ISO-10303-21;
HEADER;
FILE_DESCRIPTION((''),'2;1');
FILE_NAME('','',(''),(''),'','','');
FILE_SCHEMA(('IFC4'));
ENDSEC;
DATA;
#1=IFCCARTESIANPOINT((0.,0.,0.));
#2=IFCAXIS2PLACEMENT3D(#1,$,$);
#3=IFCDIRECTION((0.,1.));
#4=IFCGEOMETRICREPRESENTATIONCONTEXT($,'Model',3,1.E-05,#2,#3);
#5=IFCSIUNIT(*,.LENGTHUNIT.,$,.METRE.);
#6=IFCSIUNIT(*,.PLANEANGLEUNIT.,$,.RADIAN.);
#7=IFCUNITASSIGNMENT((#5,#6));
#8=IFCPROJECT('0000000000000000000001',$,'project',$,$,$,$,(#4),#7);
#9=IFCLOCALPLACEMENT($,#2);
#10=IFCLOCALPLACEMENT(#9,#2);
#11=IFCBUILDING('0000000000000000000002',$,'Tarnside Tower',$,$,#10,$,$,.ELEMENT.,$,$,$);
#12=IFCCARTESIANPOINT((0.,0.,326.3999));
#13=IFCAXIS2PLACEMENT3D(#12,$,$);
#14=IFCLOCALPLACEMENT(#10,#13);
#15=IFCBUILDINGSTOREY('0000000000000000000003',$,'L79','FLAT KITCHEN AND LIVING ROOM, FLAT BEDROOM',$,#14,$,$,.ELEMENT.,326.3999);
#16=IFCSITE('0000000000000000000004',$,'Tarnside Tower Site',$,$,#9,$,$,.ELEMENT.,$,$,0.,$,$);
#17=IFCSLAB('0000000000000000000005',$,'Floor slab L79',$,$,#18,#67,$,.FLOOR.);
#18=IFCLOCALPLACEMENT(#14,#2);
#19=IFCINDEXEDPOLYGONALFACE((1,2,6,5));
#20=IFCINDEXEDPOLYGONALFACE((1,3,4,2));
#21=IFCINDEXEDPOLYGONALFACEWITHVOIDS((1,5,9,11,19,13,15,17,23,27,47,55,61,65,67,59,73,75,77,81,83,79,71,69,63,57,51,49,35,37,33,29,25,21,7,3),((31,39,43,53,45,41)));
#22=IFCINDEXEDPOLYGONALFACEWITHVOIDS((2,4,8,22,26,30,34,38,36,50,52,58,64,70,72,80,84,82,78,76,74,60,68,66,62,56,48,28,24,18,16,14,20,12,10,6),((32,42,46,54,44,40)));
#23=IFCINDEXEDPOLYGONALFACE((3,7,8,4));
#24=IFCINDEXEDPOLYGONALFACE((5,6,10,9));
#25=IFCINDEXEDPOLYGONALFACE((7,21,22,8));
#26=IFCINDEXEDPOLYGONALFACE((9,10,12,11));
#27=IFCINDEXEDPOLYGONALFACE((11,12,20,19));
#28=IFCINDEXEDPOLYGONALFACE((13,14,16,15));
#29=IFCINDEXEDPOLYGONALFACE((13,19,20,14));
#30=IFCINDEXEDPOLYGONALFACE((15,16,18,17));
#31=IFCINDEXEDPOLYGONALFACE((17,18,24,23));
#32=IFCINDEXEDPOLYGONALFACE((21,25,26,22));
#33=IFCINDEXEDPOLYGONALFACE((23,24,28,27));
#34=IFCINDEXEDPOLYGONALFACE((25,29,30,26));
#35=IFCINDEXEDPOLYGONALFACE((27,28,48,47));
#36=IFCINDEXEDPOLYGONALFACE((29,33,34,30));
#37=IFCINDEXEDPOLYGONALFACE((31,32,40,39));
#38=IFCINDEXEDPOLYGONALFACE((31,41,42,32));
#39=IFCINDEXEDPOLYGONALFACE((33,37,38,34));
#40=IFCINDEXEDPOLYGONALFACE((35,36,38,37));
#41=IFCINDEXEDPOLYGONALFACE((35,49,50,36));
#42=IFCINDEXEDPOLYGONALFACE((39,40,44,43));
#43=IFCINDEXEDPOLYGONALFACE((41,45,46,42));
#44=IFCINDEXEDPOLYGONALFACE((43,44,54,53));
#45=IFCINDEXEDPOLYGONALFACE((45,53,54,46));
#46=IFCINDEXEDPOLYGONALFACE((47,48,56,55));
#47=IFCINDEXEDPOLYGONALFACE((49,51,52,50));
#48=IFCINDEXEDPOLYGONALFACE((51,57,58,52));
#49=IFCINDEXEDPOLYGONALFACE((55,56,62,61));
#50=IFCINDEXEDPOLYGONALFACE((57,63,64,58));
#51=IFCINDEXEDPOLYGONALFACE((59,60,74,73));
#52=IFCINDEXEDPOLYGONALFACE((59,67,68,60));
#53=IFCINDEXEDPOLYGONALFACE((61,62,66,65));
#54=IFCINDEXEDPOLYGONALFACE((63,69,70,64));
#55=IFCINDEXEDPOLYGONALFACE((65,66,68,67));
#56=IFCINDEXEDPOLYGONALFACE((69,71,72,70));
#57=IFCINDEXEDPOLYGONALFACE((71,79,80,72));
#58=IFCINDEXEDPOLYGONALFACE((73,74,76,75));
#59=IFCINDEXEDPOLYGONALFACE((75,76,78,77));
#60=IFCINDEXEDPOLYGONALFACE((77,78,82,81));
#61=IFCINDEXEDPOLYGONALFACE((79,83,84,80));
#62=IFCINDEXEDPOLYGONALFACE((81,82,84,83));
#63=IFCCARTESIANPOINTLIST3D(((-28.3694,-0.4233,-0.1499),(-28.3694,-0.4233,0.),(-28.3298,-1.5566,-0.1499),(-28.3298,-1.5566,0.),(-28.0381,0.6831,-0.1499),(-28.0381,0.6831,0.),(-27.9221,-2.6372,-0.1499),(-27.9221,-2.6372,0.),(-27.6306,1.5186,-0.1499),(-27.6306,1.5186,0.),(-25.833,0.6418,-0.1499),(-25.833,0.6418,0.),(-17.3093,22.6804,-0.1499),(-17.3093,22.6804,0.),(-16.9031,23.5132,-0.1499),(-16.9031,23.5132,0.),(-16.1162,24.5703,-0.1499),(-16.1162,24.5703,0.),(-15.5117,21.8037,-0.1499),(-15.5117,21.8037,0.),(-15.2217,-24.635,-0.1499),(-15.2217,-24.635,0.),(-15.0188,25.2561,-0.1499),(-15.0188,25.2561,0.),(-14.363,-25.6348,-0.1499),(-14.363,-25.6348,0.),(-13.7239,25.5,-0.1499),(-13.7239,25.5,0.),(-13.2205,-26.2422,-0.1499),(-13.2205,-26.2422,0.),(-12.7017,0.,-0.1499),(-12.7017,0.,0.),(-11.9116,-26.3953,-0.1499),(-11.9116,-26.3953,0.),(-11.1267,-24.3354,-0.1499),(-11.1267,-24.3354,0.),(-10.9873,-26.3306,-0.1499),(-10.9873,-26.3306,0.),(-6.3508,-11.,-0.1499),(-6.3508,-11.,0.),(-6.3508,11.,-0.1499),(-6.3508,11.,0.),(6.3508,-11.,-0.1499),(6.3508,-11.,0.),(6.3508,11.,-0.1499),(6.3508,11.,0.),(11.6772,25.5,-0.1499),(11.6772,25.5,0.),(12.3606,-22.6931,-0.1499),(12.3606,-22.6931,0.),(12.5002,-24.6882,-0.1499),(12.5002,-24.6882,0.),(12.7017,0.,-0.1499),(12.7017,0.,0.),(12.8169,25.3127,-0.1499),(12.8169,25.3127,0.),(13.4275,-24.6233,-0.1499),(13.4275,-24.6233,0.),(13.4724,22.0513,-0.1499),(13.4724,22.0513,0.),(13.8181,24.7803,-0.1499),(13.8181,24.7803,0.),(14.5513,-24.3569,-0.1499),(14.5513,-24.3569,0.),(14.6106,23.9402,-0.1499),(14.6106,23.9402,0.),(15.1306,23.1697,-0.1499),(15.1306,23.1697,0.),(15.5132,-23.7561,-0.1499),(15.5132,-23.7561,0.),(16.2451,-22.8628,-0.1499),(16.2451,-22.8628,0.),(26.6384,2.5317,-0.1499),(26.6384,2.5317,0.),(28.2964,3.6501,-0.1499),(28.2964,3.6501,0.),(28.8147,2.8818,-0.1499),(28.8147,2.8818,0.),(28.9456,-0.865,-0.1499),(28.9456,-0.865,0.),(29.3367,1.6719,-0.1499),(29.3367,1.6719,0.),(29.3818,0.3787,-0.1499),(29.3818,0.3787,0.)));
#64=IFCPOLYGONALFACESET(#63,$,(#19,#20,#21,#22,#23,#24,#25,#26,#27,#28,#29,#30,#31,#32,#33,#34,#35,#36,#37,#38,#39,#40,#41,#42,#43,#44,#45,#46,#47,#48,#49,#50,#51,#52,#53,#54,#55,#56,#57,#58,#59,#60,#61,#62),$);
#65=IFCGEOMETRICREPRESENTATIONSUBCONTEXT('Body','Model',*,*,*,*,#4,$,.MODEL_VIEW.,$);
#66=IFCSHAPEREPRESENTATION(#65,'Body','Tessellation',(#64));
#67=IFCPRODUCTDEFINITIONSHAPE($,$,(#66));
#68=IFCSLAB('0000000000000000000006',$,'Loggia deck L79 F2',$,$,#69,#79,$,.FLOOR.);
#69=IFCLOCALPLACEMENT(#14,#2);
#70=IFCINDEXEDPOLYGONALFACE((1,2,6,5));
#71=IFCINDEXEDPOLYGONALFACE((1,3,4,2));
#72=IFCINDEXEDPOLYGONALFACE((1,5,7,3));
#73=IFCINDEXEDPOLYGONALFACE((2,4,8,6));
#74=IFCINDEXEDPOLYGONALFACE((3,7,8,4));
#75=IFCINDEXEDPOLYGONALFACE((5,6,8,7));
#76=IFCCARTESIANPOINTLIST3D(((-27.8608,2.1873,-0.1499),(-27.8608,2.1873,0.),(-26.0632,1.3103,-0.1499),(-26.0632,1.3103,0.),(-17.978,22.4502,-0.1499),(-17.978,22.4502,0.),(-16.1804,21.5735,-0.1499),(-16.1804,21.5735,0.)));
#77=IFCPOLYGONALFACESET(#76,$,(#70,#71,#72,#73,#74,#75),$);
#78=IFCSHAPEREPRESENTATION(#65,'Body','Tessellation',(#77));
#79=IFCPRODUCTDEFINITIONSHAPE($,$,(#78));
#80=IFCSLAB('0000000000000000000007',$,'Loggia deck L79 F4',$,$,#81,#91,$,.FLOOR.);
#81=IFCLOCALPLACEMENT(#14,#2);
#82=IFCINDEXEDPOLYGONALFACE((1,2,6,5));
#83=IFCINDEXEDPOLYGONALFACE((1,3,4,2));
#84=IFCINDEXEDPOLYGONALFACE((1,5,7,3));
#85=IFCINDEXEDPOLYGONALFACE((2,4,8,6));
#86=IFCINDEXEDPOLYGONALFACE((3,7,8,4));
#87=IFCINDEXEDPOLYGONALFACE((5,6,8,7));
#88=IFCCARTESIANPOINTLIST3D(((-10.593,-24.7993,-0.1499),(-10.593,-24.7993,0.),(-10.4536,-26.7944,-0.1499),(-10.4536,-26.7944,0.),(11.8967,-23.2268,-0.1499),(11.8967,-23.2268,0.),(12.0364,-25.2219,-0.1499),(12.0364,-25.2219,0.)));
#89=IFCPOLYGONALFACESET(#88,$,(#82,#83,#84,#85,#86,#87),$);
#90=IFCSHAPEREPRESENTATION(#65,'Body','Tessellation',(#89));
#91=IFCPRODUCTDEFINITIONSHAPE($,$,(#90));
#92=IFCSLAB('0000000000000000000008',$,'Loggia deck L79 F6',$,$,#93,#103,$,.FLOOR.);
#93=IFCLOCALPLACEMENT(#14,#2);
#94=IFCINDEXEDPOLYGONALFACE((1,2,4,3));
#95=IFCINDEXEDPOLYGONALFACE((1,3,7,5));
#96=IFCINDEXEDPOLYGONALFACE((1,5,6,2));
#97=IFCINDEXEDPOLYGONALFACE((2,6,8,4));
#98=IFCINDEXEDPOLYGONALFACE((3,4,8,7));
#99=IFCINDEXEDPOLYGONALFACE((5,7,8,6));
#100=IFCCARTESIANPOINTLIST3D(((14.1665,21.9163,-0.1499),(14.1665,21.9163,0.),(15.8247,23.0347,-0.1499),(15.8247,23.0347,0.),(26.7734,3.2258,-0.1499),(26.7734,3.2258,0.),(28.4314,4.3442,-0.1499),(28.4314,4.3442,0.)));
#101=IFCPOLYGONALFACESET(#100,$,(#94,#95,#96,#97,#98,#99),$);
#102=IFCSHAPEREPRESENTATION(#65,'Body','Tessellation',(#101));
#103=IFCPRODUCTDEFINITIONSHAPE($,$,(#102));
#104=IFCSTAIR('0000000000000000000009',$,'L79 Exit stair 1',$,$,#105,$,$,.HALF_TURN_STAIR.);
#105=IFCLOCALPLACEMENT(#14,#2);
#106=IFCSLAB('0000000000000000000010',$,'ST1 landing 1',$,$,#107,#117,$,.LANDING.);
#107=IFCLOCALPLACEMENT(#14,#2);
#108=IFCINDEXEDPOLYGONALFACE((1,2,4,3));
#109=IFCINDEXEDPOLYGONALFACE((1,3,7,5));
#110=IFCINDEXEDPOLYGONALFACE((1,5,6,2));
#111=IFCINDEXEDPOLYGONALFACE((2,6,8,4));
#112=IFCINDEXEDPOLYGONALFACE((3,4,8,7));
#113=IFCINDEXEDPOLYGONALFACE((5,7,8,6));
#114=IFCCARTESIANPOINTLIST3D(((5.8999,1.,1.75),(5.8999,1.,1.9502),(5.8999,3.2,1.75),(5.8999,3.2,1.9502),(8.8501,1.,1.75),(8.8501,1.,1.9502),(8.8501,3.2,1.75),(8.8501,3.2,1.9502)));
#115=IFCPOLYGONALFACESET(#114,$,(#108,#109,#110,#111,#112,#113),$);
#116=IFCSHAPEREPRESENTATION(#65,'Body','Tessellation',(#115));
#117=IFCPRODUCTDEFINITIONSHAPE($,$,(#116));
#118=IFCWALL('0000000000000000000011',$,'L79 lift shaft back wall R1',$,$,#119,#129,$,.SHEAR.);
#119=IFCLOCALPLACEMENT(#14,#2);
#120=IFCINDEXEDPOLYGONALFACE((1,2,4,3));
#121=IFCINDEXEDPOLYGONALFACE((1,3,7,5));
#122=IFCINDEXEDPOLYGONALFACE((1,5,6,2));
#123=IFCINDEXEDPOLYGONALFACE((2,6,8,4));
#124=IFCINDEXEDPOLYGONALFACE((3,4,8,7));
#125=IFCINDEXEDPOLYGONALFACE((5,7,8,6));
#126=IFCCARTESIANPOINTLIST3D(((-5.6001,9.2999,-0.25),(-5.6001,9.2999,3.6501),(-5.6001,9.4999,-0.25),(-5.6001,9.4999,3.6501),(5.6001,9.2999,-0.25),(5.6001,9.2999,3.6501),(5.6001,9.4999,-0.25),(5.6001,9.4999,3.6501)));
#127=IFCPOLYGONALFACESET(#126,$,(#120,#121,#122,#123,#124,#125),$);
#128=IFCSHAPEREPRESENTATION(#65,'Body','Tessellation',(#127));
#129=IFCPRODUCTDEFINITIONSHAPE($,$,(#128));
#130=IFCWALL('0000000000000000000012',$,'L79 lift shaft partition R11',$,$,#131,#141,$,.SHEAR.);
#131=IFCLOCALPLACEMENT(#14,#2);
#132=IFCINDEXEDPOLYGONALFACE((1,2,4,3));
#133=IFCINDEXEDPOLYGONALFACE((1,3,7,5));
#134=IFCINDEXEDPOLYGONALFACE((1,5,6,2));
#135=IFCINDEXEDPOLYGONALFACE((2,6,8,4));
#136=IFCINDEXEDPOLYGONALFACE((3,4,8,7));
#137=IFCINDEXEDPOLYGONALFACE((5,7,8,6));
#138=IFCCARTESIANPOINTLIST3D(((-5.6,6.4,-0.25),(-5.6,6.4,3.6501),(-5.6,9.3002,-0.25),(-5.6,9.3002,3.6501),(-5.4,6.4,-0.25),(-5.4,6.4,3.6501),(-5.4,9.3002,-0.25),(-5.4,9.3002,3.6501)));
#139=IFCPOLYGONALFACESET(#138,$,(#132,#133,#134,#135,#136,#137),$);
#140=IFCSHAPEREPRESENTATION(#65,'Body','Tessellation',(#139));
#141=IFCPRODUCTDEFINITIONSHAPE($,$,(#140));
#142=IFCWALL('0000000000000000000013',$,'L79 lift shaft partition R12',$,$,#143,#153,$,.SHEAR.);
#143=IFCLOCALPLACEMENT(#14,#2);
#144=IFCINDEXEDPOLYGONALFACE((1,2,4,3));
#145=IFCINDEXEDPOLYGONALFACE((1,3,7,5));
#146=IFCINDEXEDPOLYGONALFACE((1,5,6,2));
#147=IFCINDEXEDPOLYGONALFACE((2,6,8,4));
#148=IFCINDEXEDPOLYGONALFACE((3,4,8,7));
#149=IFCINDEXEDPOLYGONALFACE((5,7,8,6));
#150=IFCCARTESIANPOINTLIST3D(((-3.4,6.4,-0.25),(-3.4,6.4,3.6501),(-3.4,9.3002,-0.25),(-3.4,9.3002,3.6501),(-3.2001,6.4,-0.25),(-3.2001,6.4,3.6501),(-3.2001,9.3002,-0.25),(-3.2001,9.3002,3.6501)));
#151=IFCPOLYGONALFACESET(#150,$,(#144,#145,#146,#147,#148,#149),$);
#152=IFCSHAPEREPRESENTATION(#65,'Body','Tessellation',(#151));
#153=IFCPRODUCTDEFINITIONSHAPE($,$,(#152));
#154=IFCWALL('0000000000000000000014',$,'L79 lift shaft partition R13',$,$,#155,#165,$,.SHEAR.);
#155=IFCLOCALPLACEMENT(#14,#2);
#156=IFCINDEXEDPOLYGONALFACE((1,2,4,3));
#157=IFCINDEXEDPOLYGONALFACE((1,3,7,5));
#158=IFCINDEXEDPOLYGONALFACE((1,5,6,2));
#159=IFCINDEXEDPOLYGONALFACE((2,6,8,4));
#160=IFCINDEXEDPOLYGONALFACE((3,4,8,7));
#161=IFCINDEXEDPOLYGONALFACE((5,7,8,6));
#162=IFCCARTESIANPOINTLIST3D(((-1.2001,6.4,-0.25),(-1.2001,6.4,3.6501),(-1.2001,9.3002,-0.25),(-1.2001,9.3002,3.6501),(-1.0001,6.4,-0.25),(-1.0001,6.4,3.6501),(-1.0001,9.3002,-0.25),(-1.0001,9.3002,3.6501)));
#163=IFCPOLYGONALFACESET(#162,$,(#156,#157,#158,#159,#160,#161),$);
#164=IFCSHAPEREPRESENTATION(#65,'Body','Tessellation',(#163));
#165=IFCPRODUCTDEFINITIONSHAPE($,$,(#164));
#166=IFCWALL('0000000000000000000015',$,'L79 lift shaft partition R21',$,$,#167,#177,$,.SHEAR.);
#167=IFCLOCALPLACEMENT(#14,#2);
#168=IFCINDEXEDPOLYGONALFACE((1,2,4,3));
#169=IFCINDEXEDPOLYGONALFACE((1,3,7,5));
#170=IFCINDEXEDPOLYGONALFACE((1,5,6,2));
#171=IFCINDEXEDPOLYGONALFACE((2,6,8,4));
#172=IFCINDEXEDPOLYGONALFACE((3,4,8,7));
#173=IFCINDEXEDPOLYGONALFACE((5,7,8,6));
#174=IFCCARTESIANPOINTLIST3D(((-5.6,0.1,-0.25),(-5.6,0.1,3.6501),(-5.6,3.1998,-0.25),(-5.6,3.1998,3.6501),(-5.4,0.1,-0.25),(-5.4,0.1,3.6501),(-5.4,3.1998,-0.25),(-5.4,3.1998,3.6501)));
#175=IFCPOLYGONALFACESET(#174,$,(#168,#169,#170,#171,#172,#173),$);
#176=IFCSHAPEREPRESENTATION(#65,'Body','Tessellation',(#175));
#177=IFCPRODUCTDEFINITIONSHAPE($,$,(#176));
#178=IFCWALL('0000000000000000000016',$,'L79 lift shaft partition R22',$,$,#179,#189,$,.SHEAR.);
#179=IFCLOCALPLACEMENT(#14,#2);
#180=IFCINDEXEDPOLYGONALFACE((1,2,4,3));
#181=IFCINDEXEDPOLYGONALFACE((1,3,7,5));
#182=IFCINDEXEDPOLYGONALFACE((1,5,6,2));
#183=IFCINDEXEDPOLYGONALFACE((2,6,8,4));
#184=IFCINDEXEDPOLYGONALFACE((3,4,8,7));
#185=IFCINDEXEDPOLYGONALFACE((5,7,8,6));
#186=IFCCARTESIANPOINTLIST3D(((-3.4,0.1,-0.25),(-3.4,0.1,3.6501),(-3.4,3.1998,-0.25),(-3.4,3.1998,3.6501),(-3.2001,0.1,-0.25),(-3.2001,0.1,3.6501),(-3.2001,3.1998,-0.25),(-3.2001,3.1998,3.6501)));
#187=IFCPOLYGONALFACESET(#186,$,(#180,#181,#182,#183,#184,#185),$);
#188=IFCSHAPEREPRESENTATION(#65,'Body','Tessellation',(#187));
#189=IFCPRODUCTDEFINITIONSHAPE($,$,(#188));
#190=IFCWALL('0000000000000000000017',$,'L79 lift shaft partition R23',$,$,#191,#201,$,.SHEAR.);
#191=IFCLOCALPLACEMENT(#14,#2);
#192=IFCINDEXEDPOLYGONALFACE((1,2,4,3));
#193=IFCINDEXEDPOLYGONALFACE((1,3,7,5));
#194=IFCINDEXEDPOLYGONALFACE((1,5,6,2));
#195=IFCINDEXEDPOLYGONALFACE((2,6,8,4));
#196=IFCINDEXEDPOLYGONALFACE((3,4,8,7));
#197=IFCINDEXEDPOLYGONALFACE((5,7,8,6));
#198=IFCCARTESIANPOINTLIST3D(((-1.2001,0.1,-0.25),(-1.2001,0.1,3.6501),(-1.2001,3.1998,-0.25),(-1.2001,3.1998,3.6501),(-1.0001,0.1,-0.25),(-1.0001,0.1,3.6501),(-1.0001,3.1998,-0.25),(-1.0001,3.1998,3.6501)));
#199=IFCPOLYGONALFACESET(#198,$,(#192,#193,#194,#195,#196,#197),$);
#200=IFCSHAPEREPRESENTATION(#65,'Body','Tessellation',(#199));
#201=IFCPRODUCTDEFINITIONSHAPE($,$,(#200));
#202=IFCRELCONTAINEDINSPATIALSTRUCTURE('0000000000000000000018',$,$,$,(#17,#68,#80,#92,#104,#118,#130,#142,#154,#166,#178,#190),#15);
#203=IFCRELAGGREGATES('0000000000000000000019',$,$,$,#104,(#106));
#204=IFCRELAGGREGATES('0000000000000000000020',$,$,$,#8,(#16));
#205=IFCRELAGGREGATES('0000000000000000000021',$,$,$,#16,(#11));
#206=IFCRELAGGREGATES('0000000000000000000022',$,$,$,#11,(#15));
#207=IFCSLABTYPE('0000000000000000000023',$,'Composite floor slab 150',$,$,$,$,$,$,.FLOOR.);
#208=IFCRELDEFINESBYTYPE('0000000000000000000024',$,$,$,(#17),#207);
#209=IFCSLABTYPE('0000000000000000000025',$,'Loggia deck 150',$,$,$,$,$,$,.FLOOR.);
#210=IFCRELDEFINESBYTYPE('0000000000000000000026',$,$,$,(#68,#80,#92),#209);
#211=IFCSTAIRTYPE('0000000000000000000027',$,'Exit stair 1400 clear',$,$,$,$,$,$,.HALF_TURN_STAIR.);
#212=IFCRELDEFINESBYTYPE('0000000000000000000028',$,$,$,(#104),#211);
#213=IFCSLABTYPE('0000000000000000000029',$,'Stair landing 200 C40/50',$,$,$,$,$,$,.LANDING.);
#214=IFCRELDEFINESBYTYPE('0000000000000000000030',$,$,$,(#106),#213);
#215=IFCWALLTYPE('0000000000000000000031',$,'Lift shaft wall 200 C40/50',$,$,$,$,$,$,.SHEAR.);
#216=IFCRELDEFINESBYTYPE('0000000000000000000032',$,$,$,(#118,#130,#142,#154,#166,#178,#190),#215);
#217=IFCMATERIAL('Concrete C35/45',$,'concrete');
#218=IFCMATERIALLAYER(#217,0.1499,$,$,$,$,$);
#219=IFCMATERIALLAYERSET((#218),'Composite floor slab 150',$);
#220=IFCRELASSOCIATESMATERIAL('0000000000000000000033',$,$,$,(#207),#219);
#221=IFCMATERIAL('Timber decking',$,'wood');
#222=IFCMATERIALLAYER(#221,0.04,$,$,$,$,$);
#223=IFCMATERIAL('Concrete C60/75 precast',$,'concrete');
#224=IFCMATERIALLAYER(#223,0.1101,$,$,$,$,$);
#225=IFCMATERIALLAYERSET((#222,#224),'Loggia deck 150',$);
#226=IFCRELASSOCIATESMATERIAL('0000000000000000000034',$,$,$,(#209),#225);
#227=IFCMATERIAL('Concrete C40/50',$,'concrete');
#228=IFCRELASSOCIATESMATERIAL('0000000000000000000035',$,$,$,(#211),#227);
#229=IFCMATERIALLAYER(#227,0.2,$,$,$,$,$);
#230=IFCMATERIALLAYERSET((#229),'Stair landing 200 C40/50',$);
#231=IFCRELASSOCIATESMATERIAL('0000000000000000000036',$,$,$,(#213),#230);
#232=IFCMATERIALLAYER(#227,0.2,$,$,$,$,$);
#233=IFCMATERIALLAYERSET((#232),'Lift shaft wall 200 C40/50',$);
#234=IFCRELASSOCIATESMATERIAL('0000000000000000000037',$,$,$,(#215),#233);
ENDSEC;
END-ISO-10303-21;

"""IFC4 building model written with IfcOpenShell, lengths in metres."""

from ifc_helpers import new_model, si_unit, direction, frame, frame_2d, origin, place, context, subcontext, project, spatial, polyline, rectangle, outline, extrude, material, layer, layer_set, type_object, element, aggregate, save


model = new_model("IFC4")

# Units and contexts
model_context = context("Model", 3, precision=1e-05, world=origin(), true_north=direction((0.0, 1.0)))
body_context = subcontext(model_context, "Body", "Model", "MODEL_VIEW")
ifc_project = project(units=[si_unit("LENGTHUNIT", "METRE"), si_unit("PLANEANGLEUNIT", "RADIAN")], contexts=[model_context])

# Site, building, storey
site_placement = place(None, origin())
site = spatial("IfcSite", under=ifc_project, at=site_placement, Name="Tarnside Tower Site", CompositionType="ELEMENT", RefElevation=0.0)
building_placement = place(site_placement, origin())
building = spatial("IfcBuilding", under=site, at=building_placement, Name="Tarnside Tower", CompositionType="ELEMENT")
storey_placement = place(building_placement, frame((0.0, 0.0, 326.3999)))
storey = spatial("IfcBuildingStorey", under=building, at=storey_placement, Name="L79", Description="FLAT KITCHEN AND LIVING ROOM, FLAT BEDROOM", CompositionType="ELEMENT", Elevation=326.3999)

# Slabs
ifc_material_1 = material(Name="Concrete C35/45", Category="concrete")
ifc_layer_1 = layer(ifc_material_1, 0.1499)
ifc_layer_set_1 = layer_set([ifc_layer_1], Name="Composite floor slab 150")
slab_type_1 = type_object("IfcSlabType", Name="Composite floor slab 150", PredefinedType="FLOOR", material=ifc_layer_set_1)
slab_1_placement = place(storey_placement, frame((0.0, 0.0, -0.1499)))
element("IfcSlab", 1, at=slab_1_placement, inside=storey, type_object=slab_type_1, Name="Floor slab L79", PredefinedType="FLOOR", context=body_context, shape_type="SweptSolid", body=[
    extrude(outline(polyline([(12.8169, 25.3127), (13.8181, 24.7803), (14.6106, 23.9402), (15.1306, 23.1697), (13.4724, 22.0513), (26.6384, 2.5317), (28.2964, 3.6501), (28.8147, 2.8818), (29.3367, 1.6719), (29.3818, 0.3787), (28.9456, -0.865), (16.2451, -22.8628), (15.5132, -23.7561), (14.5513, -24.3569), (13.4275, -24.6233), (12.5002, -24.6882), (12.3606, -22.6931), (-11.1267, -24.3354), (-10.9873, -26.3306), (-11.9116, -26.3953), (-13.2205, -26.2422), (-14.363, -25.6348), (-15.2217, -24.635), (-27.9221, -2.6372), (-28.3298, -1.5566), (-28.3694, -0.4233), (-28.0381, 0.6831), (-27.6306, 1.5186), (-25.833, 0.6418), (-15.5117, 21.8037), (-17.3093, 22.6804), (-16.9031, 23.5132), (-16.1162, 24.5703), (-15.0188, 25.2561), (-13.7239, 25.5), (11.6772, 25.5), (12.8169, 25.3127)]), holes=[polyline([(-12.7017, 0.0), (-6.3508, -11.0), (6.3508, -11.0), (12.7017, 0.0), (6.3508, 11.0), (-6.3508, 11.0), (-12.7017, 0.0)])]), origin(), (0.0, 0.0, 1.0), 0.1499),
])
ifc_material_2 = material(Name="Timber decking", Category="wood")
ifc_layer_2 = layer(ifc_material_2, 0.04)
ifc_material_3 = material(Name="Concrete C60/75 precast", Category="concrete")
ifc_layer_3 = layer(ifc_material_3, 0.1101)
ifc_layer_set_2 = layer_set([ifc_layer_2, ifc_layer_3], Name="Loggia deck 150")
slab_type_2 = type_object("IfcSlabType", Name="Loggia deck 150", PredefinedType="FLOOR", material=ifc_layer_set_2)
slab_2_placement = place(storey_placement, frame((0.0, 0.0, -0.1499)))
element("IfcSlab", 2, at=slab_2_placement, inside=storey, type_object=slab_type_2, Name="Loggia deck L79 F2", PredefinedType="FLOOR", context=body_context, shape_type="SweptSolid", body=[
    extrude(outline(polyline([(-16.1804, 21.5735), (-26.0632, 1.3103), (-27.8608, 2.1873), (-17.978, 22.4502), (-16.1804, 21.5735)])), origin(), (0.0, 0.0, 1.0), 0.1499),
])
slab_3_placement = place(storey_placement, frame((0.0, 0.0, -0.1499)))
element("IfcSlab", 3, at=slab_3_placement, inside=storey, type_object=slab_type_2, Name="Loggia deck L79 F4", PredefinedType="FLOOR", context=body_context, shape_type="SweptSolid", body=[
    extrude(outline(polyline([(-10.593, -24.7993), (11.8967, -23.2268), (12.0364, -25.2219), (-10.4536, -26.7944), (-10.593, -24.7993)])), origin(), (0.0, 0.0, 1.0), 0.1499),
])
slab_4_placement = place(storey_placement, frame((0.0, 0.0, -0.1499)))
element("IfcSlab", 4, at=slab_4_placement, inside=storey, type_object=slab_type_2, Name="Loggia deck L79 F6", PredefinedType="FLOOR", context=body_context, shape_type="SweptSolid", body=[
    extrude(outline(polyline([(26.7734, 3.2258), (14.1665, 21.9163), (15.8247, 23.0347), (28.4314, 4.3442), (26.7734, 3.2258)])), origin(), (0.0, 0.0, 1.0), 0.1499),
])

# Stair, slab
ifc_material_4 = material(Name="Concrete C40/50", Category="concrete")
stair_type = type_object("IfcStairType", Name="Exit stair 1400 clear", PredefinedType="HALF_TURN_STAIR", material=ifc_material_4)
stair_placement = place(storey_placement, origin())
stair = element("IfcStair", 5, at=stair_placement, inside=storey, type_object=stair_type, Name="L79 Exit stair 1", PredefinedType="HALF_TURN_STAIR")
ifc_layer_4 = layer(ifc_material_4, 0.2)
ifc_layer_set_3 = layer_set([ifc_layer_4], Name="Stair landing 200 C40/50")
slab_type_3 = type_object("IfcSlabType", Name="Stair landing 200 C40/50", PredefinedType="LANDING", material=ifc_layer_set_3)
slab_5_placement = place(storey_placement, frame((0.0, 0.0, 1.75)))
slab_5 = element("IfcSlab", 6, at=slab_5_placement, type_object=slab_type_3, Name="ST1 landing 1", PredefinedType="LANDING", context=body_context, shape_type="SweptSolid", body=[
    extrude(outline(polyline([(8.8501, 1.0), (8.8501, 3.2), (5.8999, 3.2), (5.8999, 1.0), (8.8501, 1.0)])), origin(), (0.0, 0.0, 1.0), 0.2002),
])
aggregate(stair, [slab_5])

# Walls
ifc_layer_5 = layer(ifc_material_4, 0.2)
ifc_layer_set_4 = layer_set([ifc_layer_5], Name="Lift shaft wall 200 C40/50")
wall_type = type_object("IfcWallType", Name="Lift shaft wall 200 C40/50", PredefinedType="SHEAR", material=ifc_layer_set_4)
wall_placement = place(storey_placement, frame((-5.6001, 9.3999, -0.25), z_axis=(0.0, 0.0, 1.0), x_axis=(1.0, 0.0, 0.0)))
element("IfcWall", 7, at=wall_placement, inside=storey, type_object=wall_type, Name="L79 lift shaft back wall R1", PredefinedType="SHEAR", context=body_context, shape_type="SweptSolid", body=[
    extrude(rectangle(XDim=11.2002, YDim=0.2, at=frame_2d((5.6001, 0.0))), origin(), (0.0, 0.0, 1.0), 3.9001),
])
for number, where, z_axis, x_axis, name in (
    (8, (-5.5, 6.3999, -0.25), (0.0, 0.0, 1.0), (0.0, 1.0, 0.0), "L79 lift shaft partition R11"),
    (9, (-3.3, 6.3999, -0.25), (0.0, 0.0, 1.0), (0.0, 1.0, 0.0), "L79 lift shaft partition R12"),
    (10, (-1.1001, 6.3999, -0.25), (0.0, 0.0, 1.0), (0.0, 1.0, 0.0), "L79 lift shaft partition R13"),
):
    element("IfcWall", number, at=place(storey_placement, frame(where, z_axis=z_axis, x_axis=x_axis)), inside=storey, type_object=wall_type, Name=name, PredefinedType="SHEAR", context=body_context, shape_type="SweptSolid", body=[
        extrude(rectangle(XDim=2.9001, YDim=0.2, at=frame_2d((1.4502, 0.0))), origin(), (0.0, 0.0, 1.0), 3.9001),
    ])
for number, where, z_axis, x_axis, name in (
    (11, (-5.5, 0.1001, -0.25), (0.0, 0.0, 1.0), (0.0, 1.0, 0.0), "L79 lift shaft partition R21"),
    (12, (-3.3, 0.1001, -0.25), (0.0, 0.0, 1.0), (0.0, 1.0, 0.0), "L79 lift shaft partition R22"),
    (13, (-1.1001, 0.1001, -0.25), (0.0, 0.0, 1.0), (0.0, 1.0, 0.0), "L79 lift shaft partition R23"),
):
    element("IfcWall", number, at=place(storey_placement, frame(where, z_axis=z_axis, x_axis=x_axis)), inside=storey, type_object=wall_type, Name=name, PredefinedType="SHEAR", context=body_context, shape_type="SweptSolid", body=[
        extrude(rectangle(XDim=3.0999, YDim=0.2, at=frame_2d((1.5498, 0.0))), origin(), (0.0, 0.0, 1.0), 3.9001),
    ])

save(model, "model.ifc")
